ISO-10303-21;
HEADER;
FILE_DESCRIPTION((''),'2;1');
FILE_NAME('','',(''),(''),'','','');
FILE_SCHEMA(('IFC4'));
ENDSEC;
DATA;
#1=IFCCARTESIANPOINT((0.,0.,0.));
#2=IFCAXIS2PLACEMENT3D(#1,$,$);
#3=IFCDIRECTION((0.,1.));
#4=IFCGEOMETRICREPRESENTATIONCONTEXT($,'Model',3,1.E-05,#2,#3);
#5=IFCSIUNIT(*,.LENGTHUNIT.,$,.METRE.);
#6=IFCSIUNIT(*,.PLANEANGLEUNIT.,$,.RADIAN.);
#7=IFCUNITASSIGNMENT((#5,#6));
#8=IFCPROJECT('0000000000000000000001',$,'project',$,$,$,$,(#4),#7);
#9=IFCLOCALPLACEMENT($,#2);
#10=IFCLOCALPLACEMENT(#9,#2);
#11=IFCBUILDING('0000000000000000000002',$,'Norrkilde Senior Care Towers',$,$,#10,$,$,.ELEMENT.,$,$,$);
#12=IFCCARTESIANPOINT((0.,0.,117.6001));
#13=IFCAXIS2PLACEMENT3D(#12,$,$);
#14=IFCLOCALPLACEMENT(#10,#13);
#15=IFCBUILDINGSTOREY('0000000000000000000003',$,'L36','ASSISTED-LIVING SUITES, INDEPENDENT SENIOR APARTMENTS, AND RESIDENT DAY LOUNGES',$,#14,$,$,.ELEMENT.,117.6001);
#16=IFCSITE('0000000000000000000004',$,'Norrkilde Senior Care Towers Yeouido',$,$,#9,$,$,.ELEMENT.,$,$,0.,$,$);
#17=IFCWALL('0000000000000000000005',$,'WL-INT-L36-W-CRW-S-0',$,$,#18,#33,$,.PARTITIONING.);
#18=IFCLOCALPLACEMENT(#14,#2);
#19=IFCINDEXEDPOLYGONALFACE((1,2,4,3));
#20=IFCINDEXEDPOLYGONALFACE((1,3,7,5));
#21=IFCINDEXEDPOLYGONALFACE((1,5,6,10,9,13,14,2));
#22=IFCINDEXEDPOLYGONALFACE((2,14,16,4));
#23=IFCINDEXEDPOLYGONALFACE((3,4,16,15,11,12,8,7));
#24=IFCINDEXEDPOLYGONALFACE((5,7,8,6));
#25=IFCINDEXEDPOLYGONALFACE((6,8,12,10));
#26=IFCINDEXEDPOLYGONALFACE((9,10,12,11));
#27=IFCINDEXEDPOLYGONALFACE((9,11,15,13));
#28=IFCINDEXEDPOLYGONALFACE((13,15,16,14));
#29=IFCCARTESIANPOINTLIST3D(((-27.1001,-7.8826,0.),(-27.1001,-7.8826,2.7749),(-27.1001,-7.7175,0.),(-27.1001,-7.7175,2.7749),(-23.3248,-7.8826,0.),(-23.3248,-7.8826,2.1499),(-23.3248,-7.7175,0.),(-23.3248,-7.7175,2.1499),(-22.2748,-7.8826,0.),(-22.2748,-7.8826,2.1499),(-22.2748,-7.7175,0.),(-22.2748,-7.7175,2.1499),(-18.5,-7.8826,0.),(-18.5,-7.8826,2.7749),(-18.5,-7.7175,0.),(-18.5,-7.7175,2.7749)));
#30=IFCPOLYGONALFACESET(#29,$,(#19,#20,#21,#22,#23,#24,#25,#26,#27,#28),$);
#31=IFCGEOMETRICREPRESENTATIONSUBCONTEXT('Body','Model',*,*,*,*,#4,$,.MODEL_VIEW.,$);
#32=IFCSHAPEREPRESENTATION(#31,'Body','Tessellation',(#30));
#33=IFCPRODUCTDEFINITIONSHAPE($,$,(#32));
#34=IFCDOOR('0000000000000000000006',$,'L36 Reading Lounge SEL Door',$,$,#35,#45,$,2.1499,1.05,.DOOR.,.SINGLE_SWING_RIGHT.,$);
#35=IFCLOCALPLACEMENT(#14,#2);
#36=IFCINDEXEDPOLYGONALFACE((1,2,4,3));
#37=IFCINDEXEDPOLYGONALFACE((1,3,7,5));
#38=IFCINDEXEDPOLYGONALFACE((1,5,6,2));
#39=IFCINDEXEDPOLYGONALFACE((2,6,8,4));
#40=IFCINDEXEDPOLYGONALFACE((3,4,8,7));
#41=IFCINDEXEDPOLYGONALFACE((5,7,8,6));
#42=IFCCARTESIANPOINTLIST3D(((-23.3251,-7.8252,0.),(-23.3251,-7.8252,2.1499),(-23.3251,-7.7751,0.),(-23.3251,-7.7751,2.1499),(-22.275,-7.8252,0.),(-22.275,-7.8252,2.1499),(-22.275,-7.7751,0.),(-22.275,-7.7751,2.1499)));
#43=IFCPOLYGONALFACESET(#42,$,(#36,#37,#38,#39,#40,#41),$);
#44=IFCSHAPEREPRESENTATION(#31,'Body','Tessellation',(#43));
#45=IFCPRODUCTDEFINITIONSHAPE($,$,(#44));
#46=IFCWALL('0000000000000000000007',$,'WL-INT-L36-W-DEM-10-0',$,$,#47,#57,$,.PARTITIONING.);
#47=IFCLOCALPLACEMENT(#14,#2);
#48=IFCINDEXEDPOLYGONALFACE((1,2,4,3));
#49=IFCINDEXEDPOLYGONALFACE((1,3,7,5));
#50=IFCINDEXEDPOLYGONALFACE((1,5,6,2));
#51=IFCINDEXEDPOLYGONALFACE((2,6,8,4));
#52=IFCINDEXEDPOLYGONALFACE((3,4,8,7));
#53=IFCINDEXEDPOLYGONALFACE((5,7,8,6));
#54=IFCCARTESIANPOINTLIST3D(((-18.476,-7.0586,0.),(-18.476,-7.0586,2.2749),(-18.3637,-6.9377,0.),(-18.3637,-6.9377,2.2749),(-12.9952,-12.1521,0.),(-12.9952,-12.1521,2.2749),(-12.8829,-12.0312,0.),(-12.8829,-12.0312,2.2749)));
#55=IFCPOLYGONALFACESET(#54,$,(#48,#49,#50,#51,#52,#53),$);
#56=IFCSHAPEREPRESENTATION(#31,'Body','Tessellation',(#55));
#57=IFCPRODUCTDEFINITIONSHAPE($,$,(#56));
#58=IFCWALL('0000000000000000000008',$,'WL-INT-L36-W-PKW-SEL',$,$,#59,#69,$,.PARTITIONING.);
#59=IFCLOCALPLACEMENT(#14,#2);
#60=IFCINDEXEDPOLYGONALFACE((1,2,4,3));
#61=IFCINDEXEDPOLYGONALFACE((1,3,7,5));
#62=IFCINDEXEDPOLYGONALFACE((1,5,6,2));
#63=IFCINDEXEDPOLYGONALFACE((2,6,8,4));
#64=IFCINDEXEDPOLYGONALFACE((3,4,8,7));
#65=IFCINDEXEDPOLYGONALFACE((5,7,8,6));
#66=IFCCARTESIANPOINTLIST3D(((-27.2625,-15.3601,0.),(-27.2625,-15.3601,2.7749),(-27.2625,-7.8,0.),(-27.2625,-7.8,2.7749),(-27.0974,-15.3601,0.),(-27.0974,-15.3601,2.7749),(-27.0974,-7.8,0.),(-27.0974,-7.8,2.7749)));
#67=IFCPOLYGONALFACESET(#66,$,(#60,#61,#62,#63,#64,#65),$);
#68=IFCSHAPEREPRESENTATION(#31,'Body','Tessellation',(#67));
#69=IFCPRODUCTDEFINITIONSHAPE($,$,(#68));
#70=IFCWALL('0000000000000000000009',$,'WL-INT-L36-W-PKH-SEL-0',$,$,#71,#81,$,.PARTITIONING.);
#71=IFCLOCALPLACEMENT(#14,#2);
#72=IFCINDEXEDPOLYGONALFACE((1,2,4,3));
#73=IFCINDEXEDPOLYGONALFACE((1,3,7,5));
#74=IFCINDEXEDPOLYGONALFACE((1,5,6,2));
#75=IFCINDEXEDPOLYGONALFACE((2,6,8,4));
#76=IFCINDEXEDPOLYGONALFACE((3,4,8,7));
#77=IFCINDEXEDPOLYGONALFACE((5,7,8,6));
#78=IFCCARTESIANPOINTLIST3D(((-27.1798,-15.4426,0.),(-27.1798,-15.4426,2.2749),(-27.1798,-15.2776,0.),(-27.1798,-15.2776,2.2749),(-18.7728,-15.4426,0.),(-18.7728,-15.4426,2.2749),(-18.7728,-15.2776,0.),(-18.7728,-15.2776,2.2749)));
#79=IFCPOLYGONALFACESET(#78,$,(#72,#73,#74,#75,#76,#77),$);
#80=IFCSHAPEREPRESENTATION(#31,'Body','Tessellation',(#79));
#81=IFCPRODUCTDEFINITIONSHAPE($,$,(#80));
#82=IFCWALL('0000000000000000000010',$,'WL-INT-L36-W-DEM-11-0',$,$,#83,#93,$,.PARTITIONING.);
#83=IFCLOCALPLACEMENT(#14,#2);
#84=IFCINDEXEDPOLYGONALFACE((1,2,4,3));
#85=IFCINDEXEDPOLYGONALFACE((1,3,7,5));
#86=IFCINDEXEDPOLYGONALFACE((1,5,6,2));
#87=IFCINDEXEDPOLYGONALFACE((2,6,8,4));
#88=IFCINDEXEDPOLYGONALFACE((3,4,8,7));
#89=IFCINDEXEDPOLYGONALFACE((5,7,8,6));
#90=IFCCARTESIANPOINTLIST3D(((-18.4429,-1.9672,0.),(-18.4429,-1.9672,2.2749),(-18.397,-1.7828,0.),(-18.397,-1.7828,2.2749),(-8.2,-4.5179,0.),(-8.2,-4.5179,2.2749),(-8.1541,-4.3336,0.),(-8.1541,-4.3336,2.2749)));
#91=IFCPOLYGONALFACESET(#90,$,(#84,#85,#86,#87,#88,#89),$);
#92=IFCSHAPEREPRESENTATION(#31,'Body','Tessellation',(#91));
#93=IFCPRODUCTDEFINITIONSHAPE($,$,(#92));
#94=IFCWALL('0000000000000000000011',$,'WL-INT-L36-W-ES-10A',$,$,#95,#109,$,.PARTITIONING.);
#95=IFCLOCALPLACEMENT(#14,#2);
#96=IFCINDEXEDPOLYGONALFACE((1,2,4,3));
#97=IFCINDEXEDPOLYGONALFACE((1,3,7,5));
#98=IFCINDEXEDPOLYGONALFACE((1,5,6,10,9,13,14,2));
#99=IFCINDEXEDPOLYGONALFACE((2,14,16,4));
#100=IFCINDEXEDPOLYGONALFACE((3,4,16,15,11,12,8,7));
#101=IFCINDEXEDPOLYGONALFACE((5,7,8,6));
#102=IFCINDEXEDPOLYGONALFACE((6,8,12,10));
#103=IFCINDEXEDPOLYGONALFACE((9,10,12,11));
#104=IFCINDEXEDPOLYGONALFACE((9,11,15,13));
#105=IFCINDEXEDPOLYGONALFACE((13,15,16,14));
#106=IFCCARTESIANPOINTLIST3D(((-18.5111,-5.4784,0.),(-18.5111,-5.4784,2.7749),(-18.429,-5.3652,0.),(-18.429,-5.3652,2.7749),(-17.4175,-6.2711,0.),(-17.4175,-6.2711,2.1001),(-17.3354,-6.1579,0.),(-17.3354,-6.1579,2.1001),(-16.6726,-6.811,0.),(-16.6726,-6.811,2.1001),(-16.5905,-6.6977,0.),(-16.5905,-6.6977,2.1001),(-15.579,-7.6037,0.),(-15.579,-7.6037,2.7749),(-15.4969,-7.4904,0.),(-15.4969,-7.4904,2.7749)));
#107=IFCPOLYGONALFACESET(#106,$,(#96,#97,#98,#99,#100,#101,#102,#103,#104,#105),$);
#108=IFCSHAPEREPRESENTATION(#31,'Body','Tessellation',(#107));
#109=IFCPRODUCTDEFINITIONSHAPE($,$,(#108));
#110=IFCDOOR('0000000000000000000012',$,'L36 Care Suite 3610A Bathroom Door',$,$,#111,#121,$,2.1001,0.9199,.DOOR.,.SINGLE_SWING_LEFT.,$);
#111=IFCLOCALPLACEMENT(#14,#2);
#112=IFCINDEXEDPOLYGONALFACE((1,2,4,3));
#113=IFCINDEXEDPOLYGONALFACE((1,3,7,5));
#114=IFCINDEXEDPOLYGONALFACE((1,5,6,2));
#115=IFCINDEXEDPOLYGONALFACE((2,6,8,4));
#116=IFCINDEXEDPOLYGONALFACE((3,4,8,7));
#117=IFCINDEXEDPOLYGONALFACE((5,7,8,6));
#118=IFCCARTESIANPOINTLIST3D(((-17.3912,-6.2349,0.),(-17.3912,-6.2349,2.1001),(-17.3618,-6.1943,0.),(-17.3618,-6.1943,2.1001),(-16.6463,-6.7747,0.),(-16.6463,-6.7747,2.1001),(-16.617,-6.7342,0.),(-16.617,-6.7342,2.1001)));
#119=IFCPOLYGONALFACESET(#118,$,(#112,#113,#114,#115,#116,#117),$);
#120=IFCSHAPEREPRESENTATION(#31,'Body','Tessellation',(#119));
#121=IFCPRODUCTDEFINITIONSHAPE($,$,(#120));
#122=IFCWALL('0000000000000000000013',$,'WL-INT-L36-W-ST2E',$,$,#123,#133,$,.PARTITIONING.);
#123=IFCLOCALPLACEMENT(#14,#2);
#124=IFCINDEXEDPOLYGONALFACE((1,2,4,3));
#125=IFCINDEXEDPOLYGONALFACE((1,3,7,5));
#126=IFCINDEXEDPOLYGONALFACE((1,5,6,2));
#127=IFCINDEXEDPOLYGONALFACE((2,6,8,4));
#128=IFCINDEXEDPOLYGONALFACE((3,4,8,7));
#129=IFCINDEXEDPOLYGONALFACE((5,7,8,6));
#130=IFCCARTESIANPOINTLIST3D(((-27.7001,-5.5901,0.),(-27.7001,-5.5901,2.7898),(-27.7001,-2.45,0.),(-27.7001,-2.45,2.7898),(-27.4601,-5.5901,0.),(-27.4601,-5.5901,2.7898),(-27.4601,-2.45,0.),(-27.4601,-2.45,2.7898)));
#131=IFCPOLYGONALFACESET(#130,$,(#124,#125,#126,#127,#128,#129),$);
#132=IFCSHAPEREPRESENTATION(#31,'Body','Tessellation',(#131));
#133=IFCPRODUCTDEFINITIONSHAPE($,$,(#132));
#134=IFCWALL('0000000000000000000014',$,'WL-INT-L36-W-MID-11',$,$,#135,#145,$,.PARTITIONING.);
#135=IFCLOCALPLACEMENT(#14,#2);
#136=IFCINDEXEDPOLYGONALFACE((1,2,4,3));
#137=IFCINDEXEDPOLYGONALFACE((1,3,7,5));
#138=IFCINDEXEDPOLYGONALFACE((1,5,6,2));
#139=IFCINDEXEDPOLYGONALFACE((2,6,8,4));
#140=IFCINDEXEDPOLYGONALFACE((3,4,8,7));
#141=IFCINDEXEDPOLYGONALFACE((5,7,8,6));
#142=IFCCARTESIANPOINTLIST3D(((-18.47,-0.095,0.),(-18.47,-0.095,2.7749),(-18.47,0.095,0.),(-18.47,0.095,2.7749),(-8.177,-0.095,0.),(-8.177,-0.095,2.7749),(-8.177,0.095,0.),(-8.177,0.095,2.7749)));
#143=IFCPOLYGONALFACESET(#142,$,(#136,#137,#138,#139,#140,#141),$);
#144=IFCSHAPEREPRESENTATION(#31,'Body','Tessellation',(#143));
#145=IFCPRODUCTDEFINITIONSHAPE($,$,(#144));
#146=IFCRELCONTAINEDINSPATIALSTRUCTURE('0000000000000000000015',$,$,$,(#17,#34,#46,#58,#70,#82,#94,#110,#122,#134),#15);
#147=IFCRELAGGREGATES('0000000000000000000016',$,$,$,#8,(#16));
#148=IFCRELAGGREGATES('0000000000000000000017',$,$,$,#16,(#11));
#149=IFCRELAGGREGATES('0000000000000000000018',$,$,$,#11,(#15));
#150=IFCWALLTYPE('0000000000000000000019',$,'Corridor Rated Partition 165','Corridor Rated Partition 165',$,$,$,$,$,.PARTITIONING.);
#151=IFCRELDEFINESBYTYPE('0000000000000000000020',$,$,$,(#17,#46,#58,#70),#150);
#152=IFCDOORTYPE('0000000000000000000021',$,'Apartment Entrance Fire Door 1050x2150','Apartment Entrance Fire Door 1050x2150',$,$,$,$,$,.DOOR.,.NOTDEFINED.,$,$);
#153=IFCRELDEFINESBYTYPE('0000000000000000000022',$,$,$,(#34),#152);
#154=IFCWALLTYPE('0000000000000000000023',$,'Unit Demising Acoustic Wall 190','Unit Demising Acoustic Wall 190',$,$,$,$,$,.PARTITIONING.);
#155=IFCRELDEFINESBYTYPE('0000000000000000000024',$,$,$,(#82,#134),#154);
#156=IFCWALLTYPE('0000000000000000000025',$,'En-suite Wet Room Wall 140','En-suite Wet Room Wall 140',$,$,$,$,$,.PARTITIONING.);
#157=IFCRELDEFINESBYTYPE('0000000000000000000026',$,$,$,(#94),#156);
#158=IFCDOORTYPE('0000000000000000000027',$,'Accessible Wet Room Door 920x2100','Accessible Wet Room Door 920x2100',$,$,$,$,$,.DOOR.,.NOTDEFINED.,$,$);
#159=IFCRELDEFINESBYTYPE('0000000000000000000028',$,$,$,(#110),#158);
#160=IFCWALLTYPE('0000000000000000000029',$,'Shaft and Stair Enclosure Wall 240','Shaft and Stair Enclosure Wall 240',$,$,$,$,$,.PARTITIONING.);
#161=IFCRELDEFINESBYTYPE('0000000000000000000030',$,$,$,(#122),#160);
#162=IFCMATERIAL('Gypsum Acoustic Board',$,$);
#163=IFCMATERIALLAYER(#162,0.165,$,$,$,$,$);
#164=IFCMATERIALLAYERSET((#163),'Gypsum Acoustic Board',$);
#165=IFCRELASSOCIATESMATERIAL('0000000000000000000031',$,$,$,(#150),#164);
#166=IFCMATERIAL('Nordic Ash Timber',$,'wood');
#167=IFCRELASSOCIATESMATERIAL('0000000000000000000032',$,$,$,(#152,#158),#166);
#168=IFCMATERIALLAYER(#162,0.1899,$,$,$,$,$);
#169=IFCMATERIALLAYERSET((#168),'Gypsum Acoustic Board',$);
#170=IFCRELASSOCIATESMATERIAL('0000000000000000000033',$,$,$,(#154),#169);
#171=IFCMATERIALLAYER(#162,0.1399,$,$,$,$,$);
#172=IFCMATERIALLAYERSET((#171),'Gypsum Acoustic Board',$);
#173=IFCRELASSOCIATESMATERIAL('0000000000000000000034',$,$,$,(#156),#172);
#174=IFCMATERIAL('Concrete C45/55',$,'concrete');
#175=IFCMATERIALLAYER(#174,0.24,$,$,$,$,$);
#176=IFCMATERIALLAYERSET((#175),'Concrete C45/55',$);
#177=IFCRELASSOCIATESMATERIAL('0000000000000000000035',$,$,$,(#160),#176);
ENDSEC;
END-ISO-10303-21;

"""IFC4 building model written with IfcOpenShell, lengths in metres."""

from ifc_helpers import new_model, si_unit, direction, frame, frame_2d, origin, place, context, subcontext, project, spatial, rectangle, extrude, source, transform, mapped, material, layer, layer_set, type_object, type_shapes, element, fill, save


model = new_model("IFC4")

# Units and contexts
model_context = context("Model", 3, precision=1e-05, world=origin(), true_north=direction((0.0, 1.0)))
body_context = subcontext(model_context, "Body", "Model", "MODEL_VIEW")
ifc_project = project(units=[si_unit("LENGTHUNIT", "METRE"), si_unit("PLANEANGLEUNIT", "RADIAN")], contexts=[model_context])

# Site, building, storey
site_placement = place(None, origin())
site = spatial("IfcSite", under=ifc_project, at=site_placement, Name="Norrkilde Senior Care Towers Yeouido", CompositionType="ELEMENT", RefElevation=0.0)
building_placement = place(site_placement, origin())
building = spatial("IfcBuilding", under=site, at=building_placement, Name="Norrkilde Senior Care Towers", CompositionType="ELEMENT")
storey_placement = place(building_placement, frame((0.0, 0.0, 117.6001)))
storey = spatial("IfcBuildingStorey", under=building, at=storey_placement, Name="L36", Description="ASSISTED-LIVING SUITES, INDEPENDENT SENIOR APARTMENTS, AND RESIDENT DAY LOUNGES", CompositionType="ELEMENT", Elevation=117.6001)

# Shared definitions
ifc_material_1 = material(Name="Concrete C45/55", Category="concrete")

# Wall, opening, door
ifc_material_2 = material(Name="Gypsum Acoustic Board")
ifc_layer_1 = layer(ifc_material_2, 0.165)
ifc_layer_set_1 = layer_set([ifc_layer_1], Name="Gypsum Acoustic Board")
wall_type_1 = type_object("IfcWallType", Name="Corridor Rated Partition 165", Description="Corridor Rated Partition 165", PredefinedType="PARTITIONING", material=ifc_layer_set_1)
shared_shape_1 = source(origin(), body_context, "Body", "SweptSolid", [
    extrude(rectangle(XDim=8.6001, YDim=0.165, at=frame_2d((4.3, 0.0))), origin(), (0.0, 0.0, 1.0), 2.7749),
])
wall_1_placement = place(storey_placement, frame((-18.5, -7.8, 0.0), z_axis=(0.0, 0.0, 1.0), x_axis=(-1.0, 0.0, 0.0)))
wall_1 = element("IfcWall", 1, at=wall_1_placement, inside=storey, type_object=wall_type_1, Name="WL-INT-L36-W-CRW-S-0", PredefinedType="PARTITIONING", context=body_context, shape_type="MappedRepresentation", body=[
    mapped(shared_shape_1, transform((0.0, 0.0, 0.0), x_axis=(1.0, 0.0, 0.0), y_axis=(0.0, 1.0, 0.0), z_axis=(0.0, 0.0, 1.0), scale=1.0)),
])
opening_1_placement = place(wall_1_placement, frame((3.7749, 0.0, 0.0)))
opening_1 = element("IfcOpeningElement", 2, at=opening_1_placement, cuts=wall_1, PredefinedType="OPENING", context=body_context, shape_type="SweptSolid", body=[
    extrude(rectangle(XDim=1.05, YDim=2.1499, at=frame_2d((0.5249, 1.075))), frame((0.0, 0.0925, 0.0), z_axis=(0.0, -1.0, 0.0), x_axis=(1.0, 0.0, 0.0)), (0.0, 0.0, 1.0), 0.1851),
])
ifc_material_3 = material(Name="Nordic Ash Timber", Category="wood")
door_type_1 = type_object("IfcDoorType", Name="Apartment Entrance Fire Door 1050x2150", Description="Apartment Entrance Fire Door 1050x2150", OperationType="NOTDEFINED", PredefinedType="DOOR", material=ifc_material_3)
shared_shape_2 = source(origin(), body_context, "Body", "SweptSolid", [
    extrude(rectangle(XDim=1.05, YDim=2.1499, at=frame_2d((0.5249, 1.075))), frame((0.0, 0.0249, 0.0), z_axis=(0.0, -1.0, 0.0), x_axis=(1.0, 0.0, 0.0)), (0.0, 0.0, 1.0), 0.05),
])
type_shapes(door_type_1, [shared_shape_2])
door_1_placement = place(opening_1_placement, frame((1.05, 0.0, 0.0), z_axis=(0.0, 0.0, 1.0), x_axis=(-1.0, 0.0, 0.0)))
door_1 = element("IfcDoor", 3, at=door_1_placement, inside=storey, type_object=door_type_1, Name="L36 Reading Lounge SEL Door", OperationType="SINGLE_SWING_RIGHT", OverallHeight=2.1499, OverallWidth=1.05, PredefinedType="DOOR", context=body_context, shape_type="MappedRepresentation", body=[
    mapped(shared_shape_2, transform((0.0, 0.0, 0.0), x_axis=(1.0, 0.0, 0.0), y_axis=(0.0, 1.0, 0.0), z_axis=(0.0, 0.0, 1.0), scale=1.0)),
])
fill(opening_1, door_1)

# Walls
shared_shape_3 = source(origin(), body_context, "Body", "SweptSolid", [
    extrude(rectangle(XDim=7.4822, YDim=0.165, at=frame_2d((3.7412, 0.0))), origin(), (0.0, 0.0, 1.0), 2.2749),
])
wall_2_placement = place(storey_placement, frame((-18.4199, -6.998, 0.0), z_axis=(0.0, 0.0, 1.0), x_axis=(0.732509, -0.680758, 0.0)))
element("IfcWall", 4, at=wall_2_placement, inside=storey, type_object=wall_type_1, Name="WL-INT-L36-W-DEM-10-0", PredefinedType="PARTITIONING", context=body_context, shape_type="MappedRepresentation", body=[
    mapped(shared_shape_3, transform((0.0, 0.0, 0.0), x_axis=(1.0, 0.0, 0.0), y_axis=(0.0, 1.0, 0.0), z_axis=(0.0, 0.0, 1.0), scale=1.0)),
])
shared_shape_4 = source(origin(), body_context, "Body", "SweptSolid", [
    extrude(rectangle(XDim=7.5601, YDim=0.165, at=frame_2d((3.78, 0.0))), origin(), (0.0, 0.0, 1.0), 2.7749),
])
wall_3_placement = place(storey_placement, frame((-27.1799, -15.3601, 0.0), z_axis=(0.0, 0.0, 1.0), x_axis=(0.0, 1.0, 0.0)))
element("IfcWall", 5, at=wall_3_placement, inside=storey, type_object=wall_type_1, Name="WL-INT-L36-W-PKW-SEL", PredefinedType="PARTITIONING", context=body_context, shape_type="MappedRepresentation", body=[
    mapped(shared_shape_4, transform((0.0, 0.0, 0.0), x_axis=(1.0, 0.0, 0.0), y_axis=(0.0, 1.0, 0.0), z_axis=(0.0, 0.0, 1.0), scale=1.0)),
])
shared_shape_5 = source(origin(), body_context, "Body", "SweptSolid", [
    extrude(rectangle(XDim=8.407, YDim=0.165, at=frame_2d((4.2036, 0.0))), origin(), (0.0, 0.0, 1.0), 2.2749),
])
wall_4_placement = place(storey_placement, frame((-27.1799, -15.3601, 0.0), z_axis=(0.0, 0.0, 1.0), x_axis=(1.0, 0.0, 0.0)))
element("IfcWall", 6, at=wall_4_placement, inside=storey, type_object=wall_type_1, Name="WL-INT-L36-W-PKH-SEL-0", PredefinedType="PARTITIONING", context=body_context, shape_type="MappedRepresentation", body=[
    mapped(shared_shape_5, transform((0.0, 0.0, 0.0), x_axis=(1.0, 0.0, 0.0), y_axis=(0.0, 1.0, 0.0), z_axis=(0.0, 0.0, 1.0), scale=1.0)),
])
ifc_layer_2 = layer(ifc_material_2, 0.1899)
ifc_layer_set_2 = layer_set([ifc_layer_2], Name="Gypsum Acoustic Board")
wall_type_2 = type_object("IfcWallType", Name="Unit Demising Acoustic Wall 190", Description="Unit Demising Acoustic Wall 190", PredefinedType="PARTITIONING", material=ifc_layer_set_2)
shared_shape_6 = source(origin(), body_context, "Body", "SweptSolid", [
    extrude(rectangle(XDim=10.5557, YDim=0.1899, at=frame_2d((5.2778, 0.0))), origin(), (0.0, 0.0, 1.0), 2.2749),
])
wall_5_placement = place(storey_placement, frame((-18.4199, -1.875, 0.0), z_axis=(0.0, 0.0, 1.0), x_axis=(0.970364, -0.241648, 0.0)))
element("IfcWall", 7, at=wall_5_placement, inside=storey, type_object=wall_type_2, Name="WL-INT-L36-W-DEM-11-0", PredefinedType="PARTITIONING", context=body_context, shape_type="MappedRepresentation", body=[
    mapped(shared_shape_6, transform((0.0, 0.0, 0.0), x_axis=(1.0, 0.0, 0.0), y_axis=(0.0, 1.0, 0.0), z_axis=(0.0, 0.0, 1.0), scale=1.0)),
])

# Wall, opening, door
ifc_layer_3 = layer(ifc_material_2, 0.1399)
ifc_layer_set_3 = layer_set([ifc_layer_3], Name="Gypsum Acoustic Board")
wall_type_3 = type_object("IfcWallType", Name="En-suite Wet Room Wall 140", Description="En-suite Wet Room Wall 140", PredefinedType="PARTITIONING", material=ifc_layer_set_3)
shared_shape_7 = source(origin(), body_context, "Body", "SweptSolid", [
    extrude(rectangle(XDim=3.6213, YDim=0.1399, at=frame_2d((1.8105, 0.0))), origin(), (0.0, 0.0, 1.0), 2.7749),
])
type_shapes(wall_type_3, [shared_shape_7])
wall_6_placement = place(storey_placement, frame((-18.47, -5.4219, 0.0), z_axis=(0.0, 0.0, 1.0), x_axis=(0.809683, -0.586868, 0.0)))
wall_6 = element("IfcWall", 8, at=wall_6_placement, inside=storey, type_object=wall_type_3, Name="WL-INT-L36-W-ES-10A", PredefinedType="PARTITIONING", context=body_context, shape_type="MappedRepresentation", body=[
    mapped(shared_shape_7, transform((0.0, 0.0, 0.0), x_axis=(1.0, 0.0, 0.0), y_axis=(0.0, 1.0, 0.0), z_axis=(0.0, 0.0, 1.0), scale=1.0)),
])
opening_2_placement = place(wall_6_placement, frame((1.3506, 0.0, 0.0)))
opening_2 = element("IfcOpeningElement", 9, at=opening_2_placement, cuts=wall_6, PredefinedType="OPENING", context=body_context, shape_type="SweptSolid", body=[
    extrude(rectangle(XDim=0.9199, YDim=2.1001, at=frame_2d((0.46, 1.05))), frame((0.0, 0.0798, 0.0), z_axis=(0.0, -1.0, 0.0), x_axis=(1.0, 0.0, 0.0)), (0.0, 0.0, 1.0), 0.1599),
])
door_type_2 = type_object("IfcDoorType", Name="Accessible Wet Room Door 920x2100", Description="Accessible Wet Room Door 920x2100", OperationType="NOTDEFINED", PredefinedType="DOOR", material=ifc_material_3)
shared_shape_8 = source(origin(), body_context, "Body", "SweptSolid", [
    extrude(rectangle(XDim=0.9199, YDim=2.1001, at=frame_2d((0.46, 1.05))), frame((0.0, 0.0249, 0.0), z_axis=(0.0, -1.0, 0.0), x_axis=(1.0, 0.0, 0.0)), (0.0, 0.0, 1.0), 0.05),
])
type_shapes(door_type_2, [shared_shape_8])
door_2_placement = place(opening_2_placement, origin())
door_2 = element("IfcDoor", 10, at=door_2_placement, inside=storey, type_object=door_type_2, Name="L36 Care Suite 3610A Bathroom Door", OperationType="SINGLE_SWING_LEFT", OverallHeight=2.1001, OverallWidth=0.9199, PredefinedType="DOOR", context=body_context, shape_type="MappedRepresentation", body=[
    mapped(shared_shape_8, transform((0.0, 0.0, 0.0), x_axis=(1.0, 0.0, 0.0), y_axis=(0.0, 1.0, 0.0), z_axis=(0.0, 0.0, 1.0), scale=1.0)),
])
fill(opening_2, door_2)

# Walls
ifc_layer_4 = layer(ifc_material_1, 0.24)
ifc_layer_set_4 = layer_set([ifc_layer_4], Name="Concrete C45/55")
wall_type_4 = type_object("IfcWallType", Name="Shaft and Stair Enclosure Wall 240", Description="Shaft and Stair Enclosure Wall 240", PredefinedType="PARTITIONING", material=ifc_layer_set_4)
shared_shape_9 = source(origin(), body_context, "Body", "SweptSolid", [
    extrude(rectangle(XDim=3.1401, YDim=0.24, at=frame_2d((1.5701, 0.0))), origin(), (0.0, 0.0, 1.0), 2.7898),
])
type_shapes(wall_type_4, [shared_shape_9])
wall_7_placement = place(storey_placement, frame((-27.5801, -5.5901, 0.0), z_axis=(0.0, 0.0, 1.0), x_axis=(0.0, 1.0, 0.0)))
element("IfcWall", 11, at=wall_7_placement, inside=storey, type_object=wall_type_4, Name="WL-INT-L36-W-ST2E", PredefinedType="PARTITIONING", context=body_context, shape_type="MappedRepresentation", body=[
    mapped(shared_shape_9, transform((0.0, 0.0, 0.0), x_axis=(1.0, 0.0, 0.0), y_axis=(0.0, 1.0, 0.0), z_axis=(0.0, 0.0, 1.0), scale=1.0)),
])
shared_shape_10 = source(origin(), body_context, "Body", "SweptSolid", [
    extrude(rectangle(XDim=10.293, YDim=0.1899, at=frame_2d((5.1465, 0.0))), origin(), (0.0, 0.0, 1.0), 2.7749),
])
type_shapes(wall_type_2, [shared_shape_6, shared_shape_10])
wall_8_placement = place(storey_placement, frame((-18.47, 0.0, 0.0), z_axis=(0.0, 0.0, 1.0), x_axis=(1.0, 0.0, 0.0)))
element("IfcWall", 12, at=wall_8_placement, inside=storey, type_object=wall_type_2, Name="WL-INT-L36-W-MID-11", PredefinedType="PARTITIONING", context=body_context, shape_type="MappedRepresentation", body=[
    mapped(shared_shape_10, transform((0.0, 0.0, 0.0), x_axis=(1.0, 0.0, 0.0), y_axis=(0.0, 1.0, 0.0), z_axis=(0.0, 0.0, 1.0), scale=1.0)),
])

save(model, "model.ifc")
